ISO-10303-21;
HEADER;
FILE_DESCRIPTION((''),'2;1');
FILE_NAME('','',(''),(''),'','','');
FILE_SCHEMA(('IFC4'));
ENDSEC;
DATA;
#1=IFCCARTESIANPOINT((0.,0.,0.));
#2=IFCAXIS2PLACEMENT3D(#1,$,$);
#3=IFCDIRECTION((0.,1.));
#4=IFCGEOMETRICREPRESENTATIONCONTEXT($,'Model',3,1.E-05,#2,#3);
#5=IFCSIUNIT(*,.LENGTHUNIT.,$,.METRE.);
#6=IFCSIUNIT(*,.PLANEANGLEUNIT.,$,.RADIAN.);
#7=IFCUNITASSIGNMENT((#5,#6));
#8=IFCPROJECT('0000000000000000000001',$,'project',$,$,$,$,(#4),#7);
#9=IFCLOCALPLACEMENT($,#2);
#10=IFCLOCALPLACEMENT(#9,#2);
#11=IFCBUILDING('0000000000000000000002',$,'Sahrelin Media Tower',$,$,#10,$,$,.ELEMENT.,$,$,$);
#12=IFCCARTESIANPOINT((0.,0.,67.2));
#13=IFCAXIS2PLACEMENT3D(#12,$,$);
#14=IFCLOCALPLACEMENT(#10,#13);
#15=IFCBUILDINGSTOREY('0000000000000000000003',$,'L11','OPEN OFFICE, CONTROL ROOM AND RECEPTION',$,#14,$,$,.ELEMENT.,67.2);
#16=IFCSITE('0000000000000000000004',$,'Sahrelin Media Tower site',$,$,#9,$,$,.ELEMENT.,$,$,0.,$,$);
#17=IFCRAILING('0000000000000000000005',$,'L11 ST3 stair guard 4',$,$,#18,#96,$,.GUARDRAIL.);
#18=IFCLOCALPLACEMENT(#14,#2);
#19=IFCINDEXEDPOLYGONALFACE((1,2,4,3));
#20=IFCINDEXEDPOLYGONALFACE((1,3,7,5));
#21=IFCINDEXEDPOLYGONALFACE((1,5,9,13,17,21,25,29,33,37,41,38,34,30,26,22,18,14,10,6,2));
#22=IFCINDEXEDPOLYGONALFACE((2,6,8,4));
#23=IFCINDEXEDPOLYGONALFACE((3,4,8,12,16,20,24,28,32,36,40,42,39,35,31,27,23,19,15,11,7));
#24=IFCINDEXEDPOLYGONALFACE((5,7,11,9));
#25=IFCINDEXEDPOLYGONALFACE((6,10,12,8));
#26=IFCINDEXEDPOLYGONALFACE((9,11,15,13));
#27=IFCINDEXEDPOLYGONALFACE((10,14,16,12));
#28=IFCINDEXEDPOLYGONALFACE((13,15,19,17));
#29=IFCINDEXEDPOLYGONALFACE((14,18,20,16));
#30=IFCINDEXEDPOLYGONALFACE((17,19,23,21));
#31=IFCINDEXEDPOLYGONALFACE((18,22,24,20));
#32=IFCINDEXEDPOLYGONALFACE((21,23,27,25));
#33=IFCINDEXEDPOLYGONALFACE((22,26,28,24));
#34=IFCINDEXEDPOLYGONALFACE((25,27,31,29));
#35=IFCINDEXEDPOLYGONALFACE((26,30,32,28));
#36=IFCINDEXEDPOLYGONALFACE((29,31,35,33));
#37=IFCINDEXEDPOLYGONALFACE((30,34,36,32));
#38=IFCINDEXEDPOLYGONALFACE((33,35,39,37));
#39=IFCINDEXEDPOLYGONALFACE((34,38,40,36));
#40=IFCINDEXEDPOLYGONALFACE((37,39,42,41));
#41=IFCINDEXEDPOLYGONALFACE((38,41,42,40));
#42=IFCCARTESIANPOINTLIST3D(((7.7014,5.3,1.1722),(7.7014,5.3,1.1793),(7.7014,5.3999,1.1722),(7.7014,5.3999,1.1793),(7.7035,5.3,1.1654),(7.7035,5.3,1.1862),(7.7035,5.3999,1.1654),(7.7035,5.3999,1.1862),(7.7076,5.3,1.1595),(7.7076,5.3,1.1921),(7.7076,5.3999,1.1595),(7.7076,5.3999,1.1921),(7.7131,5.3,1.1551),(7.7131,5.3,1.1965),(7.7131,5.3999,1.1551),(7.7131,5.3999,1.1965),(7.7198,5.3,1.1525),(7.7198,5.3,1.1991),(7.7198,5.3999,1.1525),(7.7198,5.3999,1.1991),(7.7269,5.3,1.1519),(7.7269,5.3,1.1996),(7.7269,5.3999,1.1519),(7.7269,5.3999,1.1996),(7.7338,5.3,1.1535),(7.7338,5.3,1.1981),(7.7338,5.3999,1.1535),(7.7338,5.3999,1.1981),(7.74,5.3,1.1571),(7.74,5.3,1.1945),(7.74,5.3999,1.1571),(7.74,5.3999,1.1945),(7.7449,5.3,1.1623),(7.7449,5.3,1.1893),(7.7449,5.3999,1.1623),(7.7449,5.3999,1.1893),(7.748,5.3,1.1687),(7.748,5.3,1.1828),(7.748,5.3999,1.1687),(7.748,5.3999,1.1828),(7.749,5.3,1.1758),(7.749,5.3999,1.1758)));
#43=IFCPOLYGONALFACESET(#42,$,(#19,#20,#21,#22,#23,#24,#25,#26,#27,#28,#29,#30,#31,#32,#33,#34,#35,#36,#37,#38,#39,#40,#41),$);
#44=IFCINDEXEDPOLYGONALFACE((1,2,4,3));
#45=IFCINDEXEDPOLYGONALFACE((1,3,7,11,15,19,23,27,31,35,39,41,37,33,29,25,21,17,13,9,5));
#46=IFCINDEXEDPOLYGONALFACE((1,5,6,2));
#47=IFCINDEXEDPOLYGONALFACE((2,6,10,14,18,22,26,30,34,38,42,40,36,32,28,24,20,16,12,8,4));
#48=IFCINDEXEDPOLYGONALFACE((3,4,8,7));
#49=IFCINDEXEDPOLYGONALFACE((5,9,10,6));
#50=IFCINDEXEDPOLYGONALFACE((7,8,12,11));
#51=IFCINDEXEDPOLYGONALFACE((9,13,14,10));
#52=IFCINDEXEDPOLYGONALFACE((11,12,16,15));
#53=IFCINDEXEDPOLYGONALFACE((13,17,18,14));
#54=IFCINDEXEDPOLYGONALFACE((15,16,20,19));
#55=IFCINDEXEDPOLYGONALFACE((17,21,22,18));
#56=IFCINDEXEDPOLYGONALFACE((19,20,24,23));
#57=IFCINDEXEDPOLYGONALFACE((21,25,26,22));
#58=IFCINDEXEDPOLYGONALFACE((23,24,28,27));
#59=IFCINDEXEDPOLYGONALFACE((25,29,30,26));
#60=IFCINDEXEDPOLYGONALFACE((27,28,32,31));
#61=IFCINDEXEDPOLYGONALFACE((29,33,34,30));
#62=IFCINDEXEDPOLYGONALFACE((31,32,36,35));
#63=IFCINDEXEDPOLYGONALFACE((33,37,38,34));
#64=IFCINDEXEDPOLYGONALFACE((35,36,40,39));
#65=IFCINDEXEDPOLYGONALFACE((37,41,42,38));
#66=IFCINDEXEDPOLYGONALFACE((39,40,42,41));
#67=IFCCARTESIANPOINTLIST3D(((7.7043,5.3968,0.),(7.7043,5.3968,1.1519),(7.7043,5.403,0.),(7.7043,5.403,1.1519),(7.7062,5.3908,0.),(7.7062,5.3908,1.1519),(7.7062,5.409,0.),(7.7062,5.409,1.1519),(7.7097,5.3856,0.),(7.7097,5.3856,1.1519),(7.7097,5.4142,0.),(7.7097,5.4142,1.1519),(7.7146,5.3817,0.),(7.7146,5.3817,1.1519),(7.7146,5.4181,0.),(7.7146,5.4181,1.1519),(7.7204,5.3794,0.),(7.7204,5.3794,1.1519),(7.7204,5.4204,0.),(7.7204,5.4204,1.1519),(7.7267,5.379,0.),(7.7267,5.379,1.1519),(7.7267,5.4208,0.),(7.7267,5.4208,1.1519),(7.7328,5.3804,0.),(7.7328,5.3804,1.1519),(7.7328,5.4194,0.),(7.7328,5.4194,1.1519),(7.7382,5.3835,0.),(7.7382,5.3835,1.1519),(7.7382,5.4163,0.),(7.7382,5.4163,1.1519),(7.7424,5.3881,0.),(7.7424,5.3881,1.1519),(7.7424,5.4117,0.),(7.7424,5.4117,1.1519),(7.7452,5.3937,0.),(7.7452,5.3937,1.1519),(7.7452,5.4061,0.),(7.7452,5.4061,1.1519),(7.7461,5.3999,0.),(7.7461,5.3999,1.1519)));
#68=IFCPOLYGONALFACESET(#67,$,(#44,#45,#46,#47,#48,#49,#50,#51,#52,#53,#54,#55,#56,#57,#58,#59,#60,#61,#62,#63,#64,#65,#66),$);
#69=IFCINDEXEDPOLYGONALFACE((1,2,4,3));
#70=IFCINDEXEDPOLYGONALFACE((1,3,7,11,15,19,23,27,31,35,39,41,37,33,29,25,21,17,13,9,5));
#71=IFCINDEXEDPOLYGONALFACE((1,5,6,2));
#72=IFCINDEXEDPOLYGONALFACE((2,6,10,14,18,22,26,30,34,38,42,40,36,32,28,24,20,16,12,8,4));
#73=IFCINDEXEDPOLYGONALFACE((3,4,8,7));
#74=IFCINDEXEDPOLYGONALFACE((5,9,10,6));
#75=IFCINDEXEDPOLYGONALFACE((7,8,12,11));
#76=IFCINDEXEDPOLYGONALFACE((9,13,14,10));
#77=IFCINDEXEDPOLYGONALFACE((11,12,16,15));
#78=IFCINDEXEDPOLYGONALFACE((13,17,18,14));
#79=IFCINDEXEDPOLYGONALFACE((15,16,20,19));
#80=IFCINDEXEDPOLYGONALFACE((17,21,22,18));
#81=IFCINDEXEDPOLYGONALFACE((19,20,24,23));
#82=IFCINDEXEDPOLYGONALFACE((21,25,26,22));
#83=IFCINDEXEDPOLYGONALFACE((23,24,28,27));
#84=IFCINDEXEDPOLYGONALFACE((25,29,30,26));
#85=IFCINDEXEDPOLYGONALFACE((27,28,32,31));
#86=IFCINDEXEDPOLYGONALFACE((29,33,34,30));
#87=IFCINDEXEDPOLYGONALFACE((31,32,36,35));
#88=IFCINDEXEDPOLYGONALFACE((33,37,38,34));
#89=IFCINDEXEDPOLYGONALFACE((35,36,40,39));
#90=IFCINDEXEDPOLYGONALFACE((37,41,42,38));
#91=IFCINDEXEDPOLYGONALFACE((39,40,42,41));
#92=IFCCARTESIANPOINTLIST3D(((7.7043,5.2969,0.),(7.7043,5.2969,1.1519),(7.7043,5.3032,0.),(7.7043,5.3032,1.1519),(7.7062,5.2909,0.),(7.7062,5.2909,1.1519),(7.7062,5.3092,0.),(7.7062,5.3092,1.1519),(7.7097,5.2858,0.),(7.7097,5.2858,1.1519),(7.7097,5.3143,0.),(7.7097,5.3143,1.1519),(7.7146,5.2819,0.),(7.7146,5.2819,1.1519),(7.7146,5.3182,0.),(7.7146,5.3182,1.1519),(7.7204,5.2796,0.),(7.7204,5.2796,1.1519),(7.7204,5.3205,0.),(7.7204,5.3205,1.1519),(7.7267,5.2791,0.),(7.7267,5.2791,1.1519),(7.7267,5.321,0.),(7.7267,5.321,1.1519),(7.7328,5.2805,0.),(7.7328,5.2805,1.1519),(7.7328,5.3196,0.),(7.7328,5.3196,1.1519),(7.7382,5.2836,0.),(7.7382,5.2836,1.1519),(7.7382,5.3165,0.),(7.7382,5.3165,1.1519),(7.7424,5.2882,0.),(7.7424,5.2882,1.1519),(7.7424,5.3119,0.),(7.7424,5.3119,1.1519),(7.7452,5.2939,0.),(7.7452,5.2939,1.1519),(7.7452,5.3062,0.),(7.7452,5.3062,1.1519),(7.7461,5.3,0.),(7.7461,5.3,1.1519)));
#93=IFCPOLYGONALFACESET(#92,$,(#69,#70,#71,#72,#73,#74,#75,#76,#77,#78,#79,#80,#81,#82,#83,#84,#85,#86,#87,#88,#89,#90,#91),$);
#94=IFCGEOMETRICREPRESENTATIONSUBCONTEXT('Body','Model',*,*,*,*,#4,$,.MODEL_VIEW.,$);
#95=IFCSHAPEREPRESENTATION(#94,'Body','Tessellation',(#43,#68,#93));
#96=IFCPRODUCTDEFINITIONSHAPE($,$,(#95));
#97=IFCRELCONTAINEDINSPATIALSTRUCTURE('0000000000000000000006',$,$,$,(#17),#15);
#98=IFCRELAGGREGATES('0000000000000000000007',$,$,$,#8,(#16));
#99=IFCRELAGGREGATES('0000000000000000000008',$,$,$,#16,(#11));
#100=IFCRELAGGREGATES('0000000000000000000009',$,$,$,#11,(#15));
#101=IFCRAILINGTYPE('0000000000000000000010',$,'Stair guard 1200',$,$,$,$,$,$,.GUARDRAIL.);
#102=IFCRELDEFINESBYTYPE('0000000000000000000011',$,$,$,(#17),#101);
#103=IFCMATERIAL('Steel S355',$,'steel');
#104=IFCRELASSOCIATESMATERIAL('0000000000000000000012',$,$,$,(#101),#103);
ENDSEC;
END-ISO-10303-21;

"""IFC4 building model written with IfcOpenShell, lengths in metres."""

from ifc_helpers import new_model, si_unit, direction, frame, origin, origin_2d, place, context, subcontext, project, spatial, circle, extrude, material, type_object, element, save


model = new_model("IFC4")

# Units and contexts
model_context = context("Model", 3, precision=1e-05, world=origin(), true_north=direction((0.0, 1.0)))
body_context = subcontext(model_context, "Body", "Model", "MODEL_VIEW")
ifc_project = project(units=[si_unit("LENGTHUNIT", "METRE"), si_unit("PLANEANGLEUNIT", "RADIAN")], contexts=[model_context])

# Site, building, storey
site_placement = place(None, origin())
site = spatial("IfcSite", under=ifc_project, at=site_placement, Name="Sahrelin Media Tower site", CompositionType="ELEMENT", RefElevation=0.0)
building_placement = place(site_placement, origin())
building = spatial("IfcBuilding", under=site, at=building_placement, Name="Sahrelin Media Tower", CompositionType="ELEMENT")
storey_placement = place(building_placement, frame((0.0, 0.0, 67.2)))
storey = spatial("IfcBuildingStorey", under=building, at=storey_placement, Name="L11", Description="OPEN OFFICE, CONTROL ROOM AND RECEPTION", CompositionType="ELEMENT", Elevation=67.2)

# Railing
ifc_material_1 = material(Name="Steel S355", Category="steel")
railing_type_1 = type_object("IfcRailingType", Name="Stair guard 1200", PredefinedType="GUARDRAIL", material=ifc_material_1)
railing_1_placement = place(storey_placement, frame((7.7251, 5.3999, 0.0)))
element("IfcRailing", 1, at=railing_1_placement, inside=storey, type_object=railing_type_1, Name="L11 ST3 stair guard 4", PredefinedType="GUARDRAIL", context=body_context, shape_type="SweptSolid", body=[
    extrude(circle(Radius=0.0239, at=origin_2d()), frame((0.0, 0.0, 1.1758), z_axis=(0.0, -1.0, 0.0), x_axis=(1.0, 0.0, 0.0)), (0.0, 0.0, 1.0), 0.0999),
    extrude(circle(Radius=0.021, at=origin_2d()), origin(), (0.0, 0.0, 1.0), 1.1519),
    extrude(circle(Radius=0.021, at=origin_2d()), frame((0.0, -0.0999, 0.0)), (0.0, 0.0, 1.0), 1.1519),
])

save(model, "model.ifc")
